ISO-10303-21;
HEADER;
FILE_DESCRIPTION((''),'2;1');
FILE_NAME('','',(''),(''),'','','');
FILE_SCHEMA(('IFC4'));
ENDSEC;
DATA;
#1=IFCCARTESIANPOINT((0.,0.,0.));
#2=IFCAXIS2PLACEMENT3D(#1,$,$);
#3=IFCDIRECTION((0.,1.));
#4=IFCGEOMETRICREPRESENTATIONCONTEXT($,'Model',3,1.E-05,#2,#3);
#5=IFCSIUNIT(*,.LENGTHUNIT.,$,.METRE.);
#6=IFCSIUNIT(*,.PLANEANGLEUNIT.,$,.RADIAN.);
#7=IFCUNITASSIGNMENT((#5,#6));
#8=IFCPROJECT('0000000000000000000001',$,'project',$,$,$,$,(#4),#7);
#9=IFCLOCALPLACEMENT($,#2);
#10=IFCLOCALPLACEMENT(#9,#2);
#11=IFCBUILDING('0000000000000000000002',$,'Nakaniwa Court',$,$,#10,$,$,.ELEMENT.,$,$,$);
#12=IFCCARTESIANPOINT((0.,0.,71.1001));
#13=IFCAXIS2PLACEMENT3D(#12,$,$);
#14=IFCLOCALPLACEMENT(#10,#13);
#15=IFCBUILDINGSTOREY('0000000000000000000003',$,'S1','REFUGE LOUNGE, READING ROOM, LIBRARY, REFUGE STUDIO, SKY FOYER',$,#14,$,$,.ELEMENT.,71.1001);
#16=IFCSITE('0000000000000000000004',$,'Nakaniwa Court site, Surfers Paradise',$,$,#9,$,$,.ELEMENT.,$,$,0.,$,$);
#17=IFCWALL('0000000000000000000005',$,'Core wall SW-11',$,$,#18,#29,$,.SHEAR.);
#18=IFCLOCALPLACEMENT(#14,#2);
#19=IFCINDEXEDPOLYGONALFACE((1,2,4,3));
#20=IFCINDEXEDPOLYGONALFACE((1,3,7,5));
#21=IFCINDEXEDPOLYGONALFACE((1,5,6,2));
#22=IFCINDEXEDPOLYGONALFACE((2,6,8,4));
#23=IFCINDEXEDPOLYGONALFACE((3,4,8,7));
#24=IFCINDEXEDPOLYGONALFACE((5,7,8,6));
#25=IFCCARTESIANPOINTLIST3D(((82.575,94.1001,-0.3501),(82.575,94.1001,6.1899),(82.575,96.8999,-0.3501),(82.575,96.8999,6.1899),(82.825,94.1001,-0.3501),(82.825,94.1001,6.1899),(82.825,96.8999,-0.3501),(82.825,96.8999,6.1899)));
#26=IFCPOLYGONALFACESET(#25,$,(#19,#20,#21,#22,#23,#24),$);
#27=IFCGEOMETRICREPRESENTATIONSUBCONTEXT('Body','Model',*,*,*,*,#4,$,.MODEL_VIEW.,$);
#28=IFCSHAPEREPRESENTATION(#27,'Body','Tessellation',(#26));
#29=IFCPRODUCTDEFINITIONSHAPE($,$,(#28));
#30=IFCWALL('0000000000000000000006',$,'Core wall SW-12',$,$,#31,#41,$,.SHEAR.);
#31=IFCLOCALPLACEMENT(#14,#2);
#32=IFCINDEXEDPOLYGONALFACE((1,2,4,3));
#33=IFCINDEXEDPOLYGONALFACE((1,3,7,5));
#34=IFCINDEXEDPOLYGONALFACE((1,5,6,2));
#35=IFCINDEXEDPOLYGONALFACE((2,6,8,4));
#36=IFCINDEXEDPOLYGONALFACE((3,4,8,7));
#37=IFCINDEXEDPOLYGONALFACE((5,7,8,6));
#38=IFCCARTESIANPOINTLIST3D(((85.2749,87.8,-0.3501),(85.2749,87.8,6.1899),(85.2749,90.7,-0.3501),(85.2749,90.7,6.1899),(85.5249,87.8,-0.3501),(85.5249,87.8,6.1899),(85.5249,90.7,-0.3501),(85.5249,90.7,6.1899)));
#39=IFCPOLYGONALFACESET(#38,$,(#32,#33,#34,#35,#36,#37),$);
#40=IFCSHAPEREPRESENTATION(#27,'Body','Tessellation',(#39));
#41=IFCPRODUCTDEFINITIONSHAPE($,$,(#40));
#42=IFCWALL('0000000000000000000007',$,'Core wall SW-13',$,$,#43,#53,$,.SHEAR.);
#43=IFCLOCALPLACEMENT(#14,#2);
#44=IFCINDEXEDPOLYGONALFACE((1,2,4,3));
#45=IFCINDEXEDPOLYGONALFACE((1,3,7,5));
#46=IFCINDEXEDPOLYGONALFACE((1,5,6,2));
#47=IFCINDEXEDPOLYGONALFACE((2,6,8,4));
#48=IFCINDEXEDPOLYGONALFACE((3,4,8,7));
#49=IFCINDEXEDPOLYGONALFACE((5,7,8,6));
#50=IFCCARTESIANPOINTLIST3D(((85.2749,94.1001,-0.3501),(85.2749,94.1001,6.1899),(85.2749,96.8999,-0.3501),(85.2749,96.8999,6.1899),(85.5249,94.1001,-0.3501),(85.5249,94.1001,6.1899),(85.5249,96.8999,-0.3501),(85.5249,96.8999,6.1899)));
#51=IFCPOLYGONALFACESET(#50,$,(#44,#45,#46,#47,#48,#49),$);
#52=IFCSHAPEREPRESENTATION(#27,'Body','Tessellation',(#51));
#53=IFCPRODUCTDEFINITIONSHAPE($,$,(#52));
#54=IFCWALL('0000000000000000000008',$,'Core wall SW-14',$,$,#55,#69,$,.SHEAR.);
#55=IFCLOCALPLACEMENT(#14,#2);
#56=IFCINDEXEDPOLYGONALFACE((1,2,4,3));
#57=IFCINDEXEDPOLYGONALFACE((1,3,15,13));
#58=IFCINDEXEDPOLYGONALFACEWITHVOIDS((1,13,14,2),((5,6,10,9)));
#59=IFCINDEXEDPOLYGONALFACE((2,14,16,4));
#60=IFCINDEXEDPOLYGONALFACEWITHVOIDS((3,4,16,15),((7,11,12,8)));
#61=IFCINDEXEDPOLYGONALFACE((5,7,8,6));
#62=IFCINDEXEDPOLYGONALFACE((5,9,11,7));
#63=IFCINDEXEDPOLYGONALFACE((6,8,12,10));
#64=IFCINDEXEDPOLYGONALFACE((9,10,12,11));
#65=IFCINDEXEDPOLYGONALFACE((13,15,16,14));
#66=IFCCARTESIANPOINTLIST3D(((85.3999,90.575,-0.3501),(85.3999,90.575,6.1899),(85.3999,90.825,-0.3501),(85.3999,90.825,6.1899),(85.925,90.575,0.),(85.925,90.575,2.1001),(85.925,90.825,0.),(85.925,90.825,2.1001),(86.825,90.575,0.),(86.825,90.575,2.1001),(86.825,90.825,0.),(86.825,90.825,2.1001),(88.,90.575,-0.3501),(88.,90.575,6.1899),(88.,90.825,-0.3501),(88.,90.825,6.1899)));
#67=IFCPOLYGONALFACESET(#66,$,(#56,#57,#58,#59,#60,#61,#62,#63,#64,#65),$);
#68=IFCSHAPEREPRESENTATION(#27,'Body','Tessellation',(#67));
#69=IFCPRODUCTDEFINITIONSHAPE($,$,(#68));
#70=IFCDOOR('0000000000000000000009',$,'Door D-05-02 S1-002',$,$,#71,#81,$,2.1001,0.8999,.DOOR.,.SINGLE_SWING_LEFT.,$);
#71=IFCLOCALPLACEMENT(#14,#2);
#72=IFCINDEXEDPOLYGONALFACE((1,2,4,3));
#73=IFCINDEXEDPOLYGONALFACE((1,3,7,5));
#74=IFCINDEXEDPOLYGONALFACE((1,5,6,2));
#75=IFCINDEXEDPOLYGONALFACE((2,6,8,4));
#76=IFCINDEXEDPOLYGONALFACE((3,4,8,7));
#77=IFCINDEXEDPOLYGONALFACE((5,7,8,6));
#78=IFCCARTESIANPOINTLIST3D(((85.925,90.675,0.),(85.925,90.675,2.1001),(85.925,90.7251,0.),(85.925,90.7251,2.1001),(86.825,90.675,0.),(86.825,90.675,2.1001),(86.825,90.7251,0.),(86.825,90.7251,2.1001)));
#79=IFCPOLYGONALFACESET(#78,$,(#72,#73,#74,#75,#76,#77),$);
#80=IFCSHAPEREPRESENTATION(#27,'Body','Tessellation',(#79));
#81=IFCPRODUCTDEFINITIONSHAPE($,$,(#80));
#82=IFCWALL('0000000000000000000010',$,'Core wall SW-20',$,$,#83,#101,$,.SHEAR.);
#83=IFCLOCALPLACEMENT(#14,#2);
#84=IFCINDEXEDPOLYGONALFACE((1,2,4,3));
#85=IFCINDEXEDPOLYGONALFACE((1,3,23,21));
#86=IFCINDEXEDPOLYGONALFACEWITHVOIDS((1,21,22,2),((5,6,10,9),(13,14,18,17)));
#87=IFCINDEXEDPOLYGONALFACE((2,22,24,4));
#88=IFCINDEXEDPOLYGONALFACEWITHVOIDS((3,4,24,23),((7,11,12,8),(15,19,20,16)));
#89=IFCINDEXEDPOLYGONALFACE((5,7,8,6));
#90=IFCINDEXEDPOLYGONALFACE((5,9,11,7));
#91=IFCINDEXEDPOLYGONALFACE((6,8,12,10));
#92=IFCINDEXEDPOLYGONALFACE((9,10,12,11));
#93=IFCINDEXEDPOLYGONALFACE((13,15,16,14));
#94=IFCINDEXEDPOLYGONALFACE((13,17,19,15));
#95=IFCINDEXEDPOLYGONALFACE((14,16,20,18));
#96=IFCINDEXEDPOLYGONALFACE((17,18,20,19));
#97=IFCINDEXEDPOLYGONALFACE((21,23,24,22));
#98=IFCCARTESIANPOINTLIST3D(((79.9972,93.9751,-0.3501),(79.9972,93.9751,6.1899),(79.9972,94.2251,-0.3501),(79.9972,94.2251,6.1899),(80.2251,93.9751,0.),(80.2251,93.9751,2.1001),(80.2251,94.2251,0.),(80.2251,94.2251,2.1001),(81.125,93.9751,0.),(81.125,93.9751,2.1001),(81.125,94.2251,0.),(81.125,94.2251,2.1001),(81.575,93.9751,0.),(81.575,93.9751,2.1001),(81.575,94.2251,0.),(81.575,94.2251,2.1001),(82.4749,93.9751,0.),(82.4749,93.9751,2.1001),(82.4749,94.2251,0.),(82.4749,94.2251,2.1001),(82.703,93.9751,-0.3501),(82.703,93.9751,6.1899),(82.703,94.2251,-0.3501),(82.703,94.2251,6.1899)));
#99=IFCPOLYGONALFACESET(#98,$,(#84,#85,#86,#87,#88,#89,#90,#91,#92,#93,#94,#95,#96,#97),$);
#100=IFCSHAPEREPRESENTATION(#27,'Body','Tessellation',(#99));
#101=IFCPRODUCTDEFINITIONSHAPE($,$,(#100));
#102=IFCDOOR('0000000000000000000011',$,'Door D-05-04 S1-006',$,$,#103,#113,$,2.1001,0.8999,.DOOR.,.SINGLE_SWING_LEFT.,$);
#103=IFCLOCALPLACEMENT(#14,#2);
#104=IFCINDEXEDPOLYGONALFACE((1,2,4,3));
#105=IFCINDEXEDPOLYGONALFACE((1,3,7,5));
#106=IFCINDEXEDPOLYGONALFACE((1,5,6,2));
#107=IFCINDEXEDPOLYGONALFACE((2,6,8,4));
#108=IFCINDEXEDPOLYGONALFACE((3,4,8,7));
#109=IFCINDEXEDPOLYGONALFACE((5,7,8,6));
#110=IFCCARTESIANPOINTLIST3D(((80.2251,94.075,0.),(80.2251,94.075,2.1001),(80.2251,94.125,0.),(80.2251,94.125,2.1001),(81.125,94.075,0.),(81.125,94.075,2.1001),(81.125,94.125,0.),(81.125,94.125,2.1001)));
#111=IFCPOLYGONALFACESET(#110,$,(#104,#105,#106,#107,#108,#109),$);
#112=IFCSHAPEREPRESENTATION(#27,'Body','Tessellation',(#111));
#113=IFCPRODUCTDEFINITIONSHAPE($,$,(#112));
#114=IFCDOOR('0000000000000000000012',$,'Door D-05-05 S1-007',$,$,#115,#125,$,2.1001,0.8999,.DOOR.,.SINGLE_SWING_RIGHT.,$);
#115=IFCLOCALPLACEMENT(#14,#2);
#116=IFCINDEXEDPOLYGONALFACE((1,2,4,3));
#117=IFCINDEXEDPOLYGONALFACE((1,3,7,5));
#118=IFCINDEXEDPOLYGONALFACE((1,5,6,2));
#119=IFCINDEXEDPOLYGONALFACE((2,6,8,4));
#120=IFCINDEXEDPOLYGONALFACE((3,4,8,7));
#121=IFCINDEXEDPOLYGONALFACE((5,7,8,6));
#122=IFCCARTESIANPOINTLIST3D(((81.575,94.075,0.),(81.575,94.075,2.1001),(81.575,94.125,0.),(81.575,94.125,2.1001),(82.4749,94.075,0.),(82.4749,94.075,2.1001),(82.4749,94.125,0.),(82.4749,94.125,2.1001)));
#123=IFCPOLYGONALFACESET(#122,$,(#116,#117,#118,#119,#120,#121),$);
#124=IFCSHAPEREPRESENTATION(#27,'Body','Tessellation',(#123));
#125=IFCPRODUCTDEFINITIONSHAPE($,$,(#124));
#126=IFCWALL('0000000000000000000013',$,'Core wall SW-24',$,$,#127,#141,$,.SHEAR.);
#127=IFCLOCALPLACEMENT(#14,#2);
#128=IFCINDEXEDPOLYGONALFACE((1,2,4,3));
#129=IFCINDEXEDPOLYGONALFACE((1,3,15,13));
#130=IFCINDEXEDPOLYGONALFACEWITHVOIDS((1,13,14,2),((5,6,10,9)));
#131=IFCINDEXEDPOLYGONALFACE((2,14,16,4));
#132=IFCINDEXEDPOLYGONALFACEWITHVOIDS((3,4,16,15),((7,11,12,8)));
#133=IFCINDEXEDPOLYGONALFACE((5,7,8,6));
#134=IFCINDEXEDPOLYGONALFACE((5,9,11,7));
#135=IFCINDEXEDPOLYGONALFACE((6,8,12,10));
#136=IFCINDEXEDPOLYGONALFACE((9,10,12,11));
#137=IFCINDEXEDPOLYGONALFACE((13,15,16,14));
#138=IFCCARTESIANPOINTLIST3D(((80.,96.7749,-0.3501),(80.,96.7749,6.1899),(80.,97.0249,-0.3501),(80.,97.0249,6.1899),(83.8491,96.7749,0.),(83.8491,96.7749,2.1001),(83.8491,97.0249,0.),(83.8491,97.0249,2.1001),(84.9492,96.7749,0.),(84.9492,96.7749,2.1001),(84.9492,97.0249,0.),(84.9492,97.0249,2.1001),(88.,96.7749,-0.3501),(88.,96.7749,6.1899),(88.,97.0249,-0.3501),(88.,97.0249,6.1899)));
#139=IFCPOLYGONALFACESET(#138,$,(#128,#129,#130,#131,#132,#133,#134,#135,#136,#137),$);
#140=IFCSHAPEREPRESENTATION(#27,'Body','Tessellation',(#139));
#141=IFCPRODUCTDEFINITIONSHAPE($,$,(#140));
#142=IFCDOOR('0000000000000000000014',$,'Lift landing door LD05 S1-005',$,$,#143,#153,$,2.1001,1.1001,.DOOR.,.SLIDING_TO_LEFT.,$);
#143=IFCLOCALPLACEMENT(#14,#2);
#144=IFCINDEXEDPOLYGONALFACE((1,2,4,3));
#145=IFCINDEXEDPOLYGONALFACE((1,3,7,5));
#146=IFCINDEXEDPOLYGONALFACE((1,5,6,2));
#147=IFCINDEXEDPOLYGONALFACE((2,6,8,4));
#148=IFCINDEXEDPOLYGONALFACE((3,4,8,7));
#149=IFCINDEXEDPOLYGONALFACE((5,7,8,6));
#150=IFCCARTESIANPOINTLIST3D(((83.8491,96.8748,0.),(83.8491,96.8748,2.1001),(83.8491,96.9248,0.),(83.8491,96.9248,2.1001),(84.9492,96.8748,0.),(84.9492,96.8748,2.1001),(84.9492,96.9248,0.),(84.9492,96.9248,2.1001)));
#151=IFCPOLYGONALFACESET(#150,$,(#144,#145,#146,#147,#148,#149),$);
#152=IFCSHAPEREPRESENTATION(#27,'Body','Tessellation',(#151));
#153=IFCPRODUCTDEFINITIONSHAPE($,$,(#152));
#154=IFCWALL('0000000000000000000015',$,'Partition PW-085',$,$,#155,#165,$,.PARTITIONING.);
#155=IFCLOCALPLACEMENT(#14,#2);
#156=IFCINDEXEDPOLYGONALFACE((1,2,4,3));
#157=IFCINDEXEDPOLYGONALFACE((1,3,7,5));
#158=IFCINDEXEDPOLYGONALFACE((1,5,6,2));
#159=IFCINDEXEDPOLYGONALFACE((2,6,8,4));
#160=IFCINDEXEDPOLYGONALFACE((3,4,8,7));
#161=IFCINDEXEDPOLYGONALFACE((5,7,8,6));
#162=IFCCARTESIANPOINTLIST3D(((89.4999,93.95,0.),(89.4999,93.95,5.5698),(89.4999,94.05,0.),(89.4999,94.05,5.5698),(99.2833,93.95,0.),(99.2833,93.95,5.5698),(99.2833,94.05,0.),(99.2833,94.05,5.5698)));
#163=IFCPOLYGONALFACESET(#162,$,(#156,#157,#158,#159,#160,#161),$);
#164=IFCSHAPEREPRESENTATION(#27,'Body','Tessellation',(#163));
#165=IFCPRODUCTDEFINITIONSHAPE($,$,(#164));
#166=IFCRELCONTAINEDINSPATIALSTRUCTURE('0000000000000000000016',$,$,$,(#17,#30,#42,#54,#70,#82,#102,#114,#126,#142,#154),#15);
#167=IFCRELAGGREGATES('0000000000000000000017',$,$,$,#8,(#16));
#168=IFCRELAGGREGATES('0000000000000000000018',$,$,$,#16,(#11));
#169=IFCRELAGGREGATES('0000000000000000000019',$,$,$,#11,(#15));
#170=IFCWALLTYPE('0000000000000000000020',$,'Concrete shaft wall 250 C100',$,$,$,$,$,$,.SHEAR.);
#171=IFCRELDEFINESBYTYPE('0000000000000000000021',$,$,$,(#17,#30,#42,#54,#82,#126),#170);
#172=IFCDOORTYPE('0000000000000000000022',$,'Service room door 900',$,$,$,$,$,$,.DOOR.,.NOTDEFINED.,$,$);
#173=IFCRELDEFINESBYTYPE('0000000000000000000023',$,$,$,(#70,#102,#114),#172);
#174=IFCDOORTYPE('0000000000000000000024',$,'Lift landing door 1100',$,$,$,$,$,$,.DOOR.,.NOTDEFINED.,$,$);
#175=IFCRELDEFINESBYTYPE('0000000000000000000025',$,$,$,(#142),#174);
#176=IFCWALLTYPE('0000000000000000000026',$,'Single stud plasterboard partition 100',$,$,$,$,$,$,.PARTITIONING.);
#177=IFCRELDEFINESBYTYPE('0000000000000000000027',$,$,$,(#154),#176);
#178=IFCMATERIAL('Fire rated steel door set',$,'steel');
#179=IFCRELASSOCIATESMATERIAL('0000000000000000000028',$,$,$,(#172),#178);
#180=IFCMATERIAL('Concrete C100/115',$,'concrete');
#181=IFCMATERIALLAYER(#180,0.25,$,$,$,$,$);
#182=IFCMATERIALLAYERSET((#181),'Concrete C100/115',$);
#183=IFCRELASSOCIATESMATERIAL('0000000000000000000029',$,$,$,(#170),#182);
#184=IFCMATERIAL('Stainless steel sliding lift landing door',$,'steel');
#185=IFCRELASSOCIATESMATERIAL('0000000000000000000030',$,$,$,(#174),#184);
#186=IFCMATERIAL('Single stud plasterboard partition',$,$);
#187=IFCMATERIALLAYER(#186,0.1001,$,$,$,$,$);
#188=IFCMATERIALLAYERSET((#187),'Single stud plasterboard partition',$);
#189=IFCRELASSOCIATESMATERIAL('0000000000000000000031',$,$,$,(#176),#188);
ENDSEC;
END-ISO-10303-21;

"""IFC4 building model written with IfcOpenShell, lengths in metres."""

from ifc_helpers import new_model, si_unit, direction, frame, frame_2d, origin, place, context, subcontext, project, spatial, rectangle, extrude, material, layer, layer_set, type_object, element, fill, save


model = new_model("IFC4")

# Units and contexts
model_context = context("Model", 3, precision=1e-05, world=origin(), true_north=direction((0.0, 1.0)))
body_context = subcontext(model_context, "Body", "Model", "MODEL_VIEW")
ifc_project = project(units=[si_unit("LENGTHUNIT", "METRE"), si_unit("PLANEANGLEUNIT", "RADIAN")], contexts=[model_context])

# Site, building, storey
site_placement = place(None, origin())
site = spatial("IfcSite", under=ifc_project, at=site_placement, Name="Nakaniwa Court site, Surfers Paradise", CompositionType="ELEMENT", RefElevation=0.0)
building_placement = place(site_placement, origin())
building = spatial("IfcBuilding", under=site, at=building_placement, Name="Nakaniwa Court", CompositionType="ELEMENT")
storey_placement = place(building_placement, frame((0.0, 0.0, 71.1001)))
storey = spatial("IfcBuildingStorey", under=building, at=storey_placement, Name="S1", Description="REFUGE LOUNGE, READING ROOM, LIBRARY, REFUGE STUDIO, SKY FOYER", CompositionType="ELEMENT", Elevation=71.1001)

# Shared definitions
ifc_material_1 = material(Name="Fire rated steel door set", Category="steel")
door_type_1 = type_object("IfcDoorType", Name="Service room door 900", OperationType="NOTDEFINED", PredefinedType="DOOR", material=ifc_material_1)

# Walls
ifc_material_2 = material(Name="Concrete C100/115", Category="concrete")
ifc_layer_1 = layer(ifc_material_2, 0.25)
ifc_layer_set_1 = layer_set([ifc_layer_1], Name="Concrete C100/115")
wall_type_1 = type_object("IfcWallType", Name="Concrete shaft wall 250 C100", PredefinedType="SHEAR", material=ifc_layer_set_1)
for number, where, z_axis, x_axis, name in (
    (1, (82.7, 94.1001, -0.3501), (0.0, 0.0, 1.0), (0.0, 1.0, 0.0), "Core wall SW-11"),
):
    element("IfcWall", number, at=place(storey_placement, frame(where, z_axis=z_axis, x_axis=x_axis)), inside=storey, type_object=wall_type_1, Name=name, PredefinedType="SHEAR", context=body_context, shape_type="SweptSolid", body=[
        extrude(rectangle(XDim=2.7998, YDim=0.25, at=frame_2d((1.3999, 0.0))), origin(), (0.0, 0.0, 1.0), 6.54),
    ])
wall_1_placement = place(storey_placement, frame((85.3999, 87.8, -0.3501), z_axis=(0.0, 0.0, 1.0), x_axis=(0.0, 1.0, 0.0)))
element("IfcWall", 2, at=wall_1_placement, inside=storey, type_object=wall_type_1, Name="Core wall SW-12", PredefinedType="SHEAR", context=body_context, shape_type="SweptSolid", body=[
    extrude(rectangle(XDim=2.8999, YDim=0.25, at=frame_2d((1.45, 0.0))), origin(), (0.0, 0.0, 1.0), 6.54),
])
wall_2_placement = place(storey_placement, frame((85.3999, 94.1001, -0.3501), z_axis=(0.0, 0.0, 1.0), x_axis=(0.0, 1.0, 0.0)))
element("IfcWall", 3, at=wall_2_placement, inside=storey, type_object=wall_type_1, Name="Core wall SW-13", PredefinedType="SHEAR", context=body_context, shape_type="SweptSolid", body=[
    extrude(rectangle(XDim=2.7998, YDim=0.25, at=frame_2d((1.3999, 0.0))), origin(), (0.0, 0.0, 1.0), 6.54),
])

# Wall, opening, door
wall_3_placement = place(storey_placement, frame((88.0, 90.7, -0.3501), z_axis=(0.0, 0.0, 1.0), x_axis=(-1.0, 0.0, 0.0)))
wall_3 = element("IfcWall", 4, at=wall_3_placement, inside=storey, type_object=wall_type_1, Name="Core wall SW-14", PredefinedType="SHEAR", context=body_context, shape_type="SweptSolid", body=[
    extrude(rectangle(XDim=2.6001, YDim=0.25, at=frame_2d((1.3, 0.0))), origin(), (0.0, 0.0, 1.0), 6.54),
])
opening_1_placement = place(wall_3_placement, frame((1.175, 0.0, 0.3501)))
opening_1 = element("IfcOpeningElement", 5, at=opening_1_placement, cuts=wall_3, PredefinedType="OPENING", context=body_context, shape_type="SweptSolid", body=[
    extrude(rectangle(XDim=0.8999, YDim=2.1001, at=frame_2d((0.45, 1.05))), frame((0.0, 0.135, 0.0), z_axis=(0.0, -1.0, 0.0), x_axis=(1.0, 0.0, 0.0)), (0.0, 0.0, 1.0), 0.27),
])
door_1_placement = place(opening_1_placement, origin())
door_1 = element("IfcDoor", 6, at=door_1_placement, inside=storey, type_object=door_type_1, Name="Door D-05-02 S1-002", OperationType="SINGLE_SWING_LEFT", OverallHeight=2.1001, OverallWidth=0.8999, PredefinedType="DOOR", context=body_context, shape_type="SweptSolid", body=[
    extrude(rectangle(XDim=0.8999, YDim=2.1001, at=frame_2d((0.45, 1.05))), frame((0.0, 0.0249, 0.0), z_axis=(0.0, -1.0, 0.0), x_axis=(1.0, 0.0, 0.0)), (0.0, 0.0, 1.0), 0.05),
])
fill(opening_1, door_1)

# Wall, openings, doors
wall_4_placement = place(storey_placement, frame((79.9971, 94.1001, -0.3501), z_axis=(0.0, 0.0, 1.0), x_axis=(1.0, 0.0, 0.0)))
wall_4 = element("IfcWall", 7, at=wall_4_placement, inside=storey, type_object=wall_type_1, Name="Core wall SW-20", PredefinedType="SHEAR", context=body_context, shape_type="SweptSolid", body=[
    extrude(rectangle(XDim=2.7058, YDim=0.25, at=frame_2d((1.353, 0.0))), origin(), (0.0, 0.0, 1.0), 6.54),
])
opening_2_placement = place(wall_4_placement, frame((0.228, 0.0, 0.3501)))
opening_2 = element("IfcOpeningElement", 8, at=opening_2_placement, cuts=wall_4, PredefinedType="OPENING", context=body_context, shape_type="SweptSolid", body=[
    extrude(rectangle(XDim=0.8999, YDim=2.1001, at=frame_2d((0.45, 1.05))), frame((0.0, 0.135, 0.0), z_axis=(0.0, -1.0, 0.0), x_axis=(1.0, 0.0, 0.0)), (0.0, 0.0, 1.0), 0.27),
])
opening_3_placement = place(wall_4_placement, frame((1.5779, 0.0, 0.3501)))
opening_3 = element("IfcOpeningElement", 9, at=opening_3_placement, cuts=wall_4, PredefinedType="OPENING", context=body_context, shape_type="SweptSolid", body=[
    extrude(rectangle(XDim=0.8999, YDim=2.1001, at=frame_2d((0.45, 1.05))), frame((0.0, 0.135, 0.0), z_axis=(0.0, -1.0, 0.0), x_axis=(1.0, 0.0, 0.0)), (0.0, 0.0, 1.0), 0.27),
])
door_2_placement = place(opening_2_placement, origin())
door_2 = element("IfcDoor", 10, at=door_2_placement, inside=storey, type_object=door_type_1, Name="Door D-05-04 S1-006", OperationType="SINGLE_SWING_LEFT", OverallHeight=2.1001, OverallWidth=0.8999, PredefinedType="DOOR", context=body_context, shape_type="SweptSolid", body=[
    extrude(rectangle(XDim=0.8999, YDim=2.1001, at=frame_2d((0.45, 1.05))), frame((0.0, 0.0249, 0.0), z_axis=(0.0, -1.0, 0.0), x_axis=(1.0, 0.0, 0.0)), (0.0, 0.0, 1.0), 0.05),
])
fill(opening_2, door_2)
door_3_placement = place(opening_3_placement, origin())
door_3 = element("IfcDoor", 11, at=door_3_placement, inside=storey, type_object=door_type_1, Name="Door D-05-05 S1-007", OperationType="SINGLE_SWING_RIGHT", OverallHeight=2.1001, OverallWidth=0.8999, PredefinedType="DOOR", context=body_context, shape_type="SweptSolid", body=[
    extrude(rectangle(XDim=0.8999, YDim=2.1001, at=frame_2d((0.45, 1.05))), frame((0.0, 0.0249, 0.0), z_axis=(0.0, -1.0, 0.0), x_axis=(1.0, 0.0, 0.0)), (0.0, 0.0, 1.0), 0.05),
])
fill(opening_3, door_3)

# Wall, opening, door
wall_5_placement = place(storey_placement, frame((80.0, 96.8999, -0.3501), z_axis=(0.0, 0.0, 1.0), x_axis=(1.0, 0.0, 0.0)))
wall_5 = element("IfcWall", 12, at=wall_5_placement, inside=storey, type_object=wall_type_1, Name="Core wall SW-24", PredefinedType="SHEAR", context=body_context, shape_type="SweptSolid", body=[
    extrude(rectangle(XDim=8.0, YDim=0.25, at=frame_2d((4.0, 0.0))), origin(), (0.0, 0.0, 1.0), 6.54),
])
opening_4_placement = place(wall_5_placement, frame((3.8491, 0.0, 0.3501)))
opening_4 = element("IfcOpeningElement", 13, at=opening_4_placement, cuts=wall_5, PredefinedType="OPENING", context=body_context, shape_type="SweptSolid", body=[
    extrude(rectangle(XDim=1.1001, YDim=2.1001, at=frame_2d((0.55, 1.05))), frame((0.0, 0.135, 0.0), z_axis=(0.0, -1.0, 0.0), x_axis=(1.0, 0.0, 0.0)), (0.0, 0.0, 1.0), 0.27),
])
ifc_material_3 = material(Name="Stainless steel sliding lift landing door", Category="steel")
door_type_2 = type_object("IfcDoorType", Name="Lift landing door 1100", OperationType="NOTDEFINED", PredefinedType="DOOR", material=ifc_material_3)
door_4_placement = place(opening_4_placement, origin())
door_4 = element("IfcDoor", 14, at=door_4_placement, inside=storey, type_object=door_type_2, Name="Lift landing door LD05 S1-005", OperationType="SLIDING_TO_LEFT", OverallHeight=2.1001, OverallWidth=1.1001, PredefinedType="DOOR", context=body_context, shape_type="SweptSolid", body=[
    extrude(rectangle(XDim=1.1001, YDim=2.1001, at=frame_2d((0.55, 1.05))), frame((0.0, 0.0249, 0.0), z_axis=(0.0, -1.0, 0.0), x_axis=(1.0, 0.0, 0.0)), (0.0, 0.0, 1.0), 0.05),
])
fill(opening_4, door_4)

# Wall
ifc_material_4 = material(Name="Single stud plasterboard partition")
ifc_layer_2 = layer(ifc_material_4, 0.1001)
ifc_layer_set_2 = layer_set([ifc_layer_2], Name="Single stud plasterboard partition")
wall_type_2 = type_object("IfcWallType", Name="Single stud plasterboard partition 100", PredefinedType="PARTITIONING", material=ifc_layer_set_2)
wall_6_placement = place(storey_placement, frame((89.5, 94.0, 0.0), z_axis=(0.0, 0.0, 1.0), x_axis=(1.0, 0.0, 0.0)))
element("IfcWall", 15, at=wall_6_placement, inside=storey, type_object=wall_type_2, Name="Partition PW-085", PredefinedType="PARTITIONING", context=body_context, shape_type="SweptSolid", body=[
    extrude(rectangle(XDim=9.7834, YDim=0.1001, at=frame_2d((4.8916, 0.0))), origin(), (0.0, 0.0, 1.0), 5.5698),
])

save(model, "model.ifc")
